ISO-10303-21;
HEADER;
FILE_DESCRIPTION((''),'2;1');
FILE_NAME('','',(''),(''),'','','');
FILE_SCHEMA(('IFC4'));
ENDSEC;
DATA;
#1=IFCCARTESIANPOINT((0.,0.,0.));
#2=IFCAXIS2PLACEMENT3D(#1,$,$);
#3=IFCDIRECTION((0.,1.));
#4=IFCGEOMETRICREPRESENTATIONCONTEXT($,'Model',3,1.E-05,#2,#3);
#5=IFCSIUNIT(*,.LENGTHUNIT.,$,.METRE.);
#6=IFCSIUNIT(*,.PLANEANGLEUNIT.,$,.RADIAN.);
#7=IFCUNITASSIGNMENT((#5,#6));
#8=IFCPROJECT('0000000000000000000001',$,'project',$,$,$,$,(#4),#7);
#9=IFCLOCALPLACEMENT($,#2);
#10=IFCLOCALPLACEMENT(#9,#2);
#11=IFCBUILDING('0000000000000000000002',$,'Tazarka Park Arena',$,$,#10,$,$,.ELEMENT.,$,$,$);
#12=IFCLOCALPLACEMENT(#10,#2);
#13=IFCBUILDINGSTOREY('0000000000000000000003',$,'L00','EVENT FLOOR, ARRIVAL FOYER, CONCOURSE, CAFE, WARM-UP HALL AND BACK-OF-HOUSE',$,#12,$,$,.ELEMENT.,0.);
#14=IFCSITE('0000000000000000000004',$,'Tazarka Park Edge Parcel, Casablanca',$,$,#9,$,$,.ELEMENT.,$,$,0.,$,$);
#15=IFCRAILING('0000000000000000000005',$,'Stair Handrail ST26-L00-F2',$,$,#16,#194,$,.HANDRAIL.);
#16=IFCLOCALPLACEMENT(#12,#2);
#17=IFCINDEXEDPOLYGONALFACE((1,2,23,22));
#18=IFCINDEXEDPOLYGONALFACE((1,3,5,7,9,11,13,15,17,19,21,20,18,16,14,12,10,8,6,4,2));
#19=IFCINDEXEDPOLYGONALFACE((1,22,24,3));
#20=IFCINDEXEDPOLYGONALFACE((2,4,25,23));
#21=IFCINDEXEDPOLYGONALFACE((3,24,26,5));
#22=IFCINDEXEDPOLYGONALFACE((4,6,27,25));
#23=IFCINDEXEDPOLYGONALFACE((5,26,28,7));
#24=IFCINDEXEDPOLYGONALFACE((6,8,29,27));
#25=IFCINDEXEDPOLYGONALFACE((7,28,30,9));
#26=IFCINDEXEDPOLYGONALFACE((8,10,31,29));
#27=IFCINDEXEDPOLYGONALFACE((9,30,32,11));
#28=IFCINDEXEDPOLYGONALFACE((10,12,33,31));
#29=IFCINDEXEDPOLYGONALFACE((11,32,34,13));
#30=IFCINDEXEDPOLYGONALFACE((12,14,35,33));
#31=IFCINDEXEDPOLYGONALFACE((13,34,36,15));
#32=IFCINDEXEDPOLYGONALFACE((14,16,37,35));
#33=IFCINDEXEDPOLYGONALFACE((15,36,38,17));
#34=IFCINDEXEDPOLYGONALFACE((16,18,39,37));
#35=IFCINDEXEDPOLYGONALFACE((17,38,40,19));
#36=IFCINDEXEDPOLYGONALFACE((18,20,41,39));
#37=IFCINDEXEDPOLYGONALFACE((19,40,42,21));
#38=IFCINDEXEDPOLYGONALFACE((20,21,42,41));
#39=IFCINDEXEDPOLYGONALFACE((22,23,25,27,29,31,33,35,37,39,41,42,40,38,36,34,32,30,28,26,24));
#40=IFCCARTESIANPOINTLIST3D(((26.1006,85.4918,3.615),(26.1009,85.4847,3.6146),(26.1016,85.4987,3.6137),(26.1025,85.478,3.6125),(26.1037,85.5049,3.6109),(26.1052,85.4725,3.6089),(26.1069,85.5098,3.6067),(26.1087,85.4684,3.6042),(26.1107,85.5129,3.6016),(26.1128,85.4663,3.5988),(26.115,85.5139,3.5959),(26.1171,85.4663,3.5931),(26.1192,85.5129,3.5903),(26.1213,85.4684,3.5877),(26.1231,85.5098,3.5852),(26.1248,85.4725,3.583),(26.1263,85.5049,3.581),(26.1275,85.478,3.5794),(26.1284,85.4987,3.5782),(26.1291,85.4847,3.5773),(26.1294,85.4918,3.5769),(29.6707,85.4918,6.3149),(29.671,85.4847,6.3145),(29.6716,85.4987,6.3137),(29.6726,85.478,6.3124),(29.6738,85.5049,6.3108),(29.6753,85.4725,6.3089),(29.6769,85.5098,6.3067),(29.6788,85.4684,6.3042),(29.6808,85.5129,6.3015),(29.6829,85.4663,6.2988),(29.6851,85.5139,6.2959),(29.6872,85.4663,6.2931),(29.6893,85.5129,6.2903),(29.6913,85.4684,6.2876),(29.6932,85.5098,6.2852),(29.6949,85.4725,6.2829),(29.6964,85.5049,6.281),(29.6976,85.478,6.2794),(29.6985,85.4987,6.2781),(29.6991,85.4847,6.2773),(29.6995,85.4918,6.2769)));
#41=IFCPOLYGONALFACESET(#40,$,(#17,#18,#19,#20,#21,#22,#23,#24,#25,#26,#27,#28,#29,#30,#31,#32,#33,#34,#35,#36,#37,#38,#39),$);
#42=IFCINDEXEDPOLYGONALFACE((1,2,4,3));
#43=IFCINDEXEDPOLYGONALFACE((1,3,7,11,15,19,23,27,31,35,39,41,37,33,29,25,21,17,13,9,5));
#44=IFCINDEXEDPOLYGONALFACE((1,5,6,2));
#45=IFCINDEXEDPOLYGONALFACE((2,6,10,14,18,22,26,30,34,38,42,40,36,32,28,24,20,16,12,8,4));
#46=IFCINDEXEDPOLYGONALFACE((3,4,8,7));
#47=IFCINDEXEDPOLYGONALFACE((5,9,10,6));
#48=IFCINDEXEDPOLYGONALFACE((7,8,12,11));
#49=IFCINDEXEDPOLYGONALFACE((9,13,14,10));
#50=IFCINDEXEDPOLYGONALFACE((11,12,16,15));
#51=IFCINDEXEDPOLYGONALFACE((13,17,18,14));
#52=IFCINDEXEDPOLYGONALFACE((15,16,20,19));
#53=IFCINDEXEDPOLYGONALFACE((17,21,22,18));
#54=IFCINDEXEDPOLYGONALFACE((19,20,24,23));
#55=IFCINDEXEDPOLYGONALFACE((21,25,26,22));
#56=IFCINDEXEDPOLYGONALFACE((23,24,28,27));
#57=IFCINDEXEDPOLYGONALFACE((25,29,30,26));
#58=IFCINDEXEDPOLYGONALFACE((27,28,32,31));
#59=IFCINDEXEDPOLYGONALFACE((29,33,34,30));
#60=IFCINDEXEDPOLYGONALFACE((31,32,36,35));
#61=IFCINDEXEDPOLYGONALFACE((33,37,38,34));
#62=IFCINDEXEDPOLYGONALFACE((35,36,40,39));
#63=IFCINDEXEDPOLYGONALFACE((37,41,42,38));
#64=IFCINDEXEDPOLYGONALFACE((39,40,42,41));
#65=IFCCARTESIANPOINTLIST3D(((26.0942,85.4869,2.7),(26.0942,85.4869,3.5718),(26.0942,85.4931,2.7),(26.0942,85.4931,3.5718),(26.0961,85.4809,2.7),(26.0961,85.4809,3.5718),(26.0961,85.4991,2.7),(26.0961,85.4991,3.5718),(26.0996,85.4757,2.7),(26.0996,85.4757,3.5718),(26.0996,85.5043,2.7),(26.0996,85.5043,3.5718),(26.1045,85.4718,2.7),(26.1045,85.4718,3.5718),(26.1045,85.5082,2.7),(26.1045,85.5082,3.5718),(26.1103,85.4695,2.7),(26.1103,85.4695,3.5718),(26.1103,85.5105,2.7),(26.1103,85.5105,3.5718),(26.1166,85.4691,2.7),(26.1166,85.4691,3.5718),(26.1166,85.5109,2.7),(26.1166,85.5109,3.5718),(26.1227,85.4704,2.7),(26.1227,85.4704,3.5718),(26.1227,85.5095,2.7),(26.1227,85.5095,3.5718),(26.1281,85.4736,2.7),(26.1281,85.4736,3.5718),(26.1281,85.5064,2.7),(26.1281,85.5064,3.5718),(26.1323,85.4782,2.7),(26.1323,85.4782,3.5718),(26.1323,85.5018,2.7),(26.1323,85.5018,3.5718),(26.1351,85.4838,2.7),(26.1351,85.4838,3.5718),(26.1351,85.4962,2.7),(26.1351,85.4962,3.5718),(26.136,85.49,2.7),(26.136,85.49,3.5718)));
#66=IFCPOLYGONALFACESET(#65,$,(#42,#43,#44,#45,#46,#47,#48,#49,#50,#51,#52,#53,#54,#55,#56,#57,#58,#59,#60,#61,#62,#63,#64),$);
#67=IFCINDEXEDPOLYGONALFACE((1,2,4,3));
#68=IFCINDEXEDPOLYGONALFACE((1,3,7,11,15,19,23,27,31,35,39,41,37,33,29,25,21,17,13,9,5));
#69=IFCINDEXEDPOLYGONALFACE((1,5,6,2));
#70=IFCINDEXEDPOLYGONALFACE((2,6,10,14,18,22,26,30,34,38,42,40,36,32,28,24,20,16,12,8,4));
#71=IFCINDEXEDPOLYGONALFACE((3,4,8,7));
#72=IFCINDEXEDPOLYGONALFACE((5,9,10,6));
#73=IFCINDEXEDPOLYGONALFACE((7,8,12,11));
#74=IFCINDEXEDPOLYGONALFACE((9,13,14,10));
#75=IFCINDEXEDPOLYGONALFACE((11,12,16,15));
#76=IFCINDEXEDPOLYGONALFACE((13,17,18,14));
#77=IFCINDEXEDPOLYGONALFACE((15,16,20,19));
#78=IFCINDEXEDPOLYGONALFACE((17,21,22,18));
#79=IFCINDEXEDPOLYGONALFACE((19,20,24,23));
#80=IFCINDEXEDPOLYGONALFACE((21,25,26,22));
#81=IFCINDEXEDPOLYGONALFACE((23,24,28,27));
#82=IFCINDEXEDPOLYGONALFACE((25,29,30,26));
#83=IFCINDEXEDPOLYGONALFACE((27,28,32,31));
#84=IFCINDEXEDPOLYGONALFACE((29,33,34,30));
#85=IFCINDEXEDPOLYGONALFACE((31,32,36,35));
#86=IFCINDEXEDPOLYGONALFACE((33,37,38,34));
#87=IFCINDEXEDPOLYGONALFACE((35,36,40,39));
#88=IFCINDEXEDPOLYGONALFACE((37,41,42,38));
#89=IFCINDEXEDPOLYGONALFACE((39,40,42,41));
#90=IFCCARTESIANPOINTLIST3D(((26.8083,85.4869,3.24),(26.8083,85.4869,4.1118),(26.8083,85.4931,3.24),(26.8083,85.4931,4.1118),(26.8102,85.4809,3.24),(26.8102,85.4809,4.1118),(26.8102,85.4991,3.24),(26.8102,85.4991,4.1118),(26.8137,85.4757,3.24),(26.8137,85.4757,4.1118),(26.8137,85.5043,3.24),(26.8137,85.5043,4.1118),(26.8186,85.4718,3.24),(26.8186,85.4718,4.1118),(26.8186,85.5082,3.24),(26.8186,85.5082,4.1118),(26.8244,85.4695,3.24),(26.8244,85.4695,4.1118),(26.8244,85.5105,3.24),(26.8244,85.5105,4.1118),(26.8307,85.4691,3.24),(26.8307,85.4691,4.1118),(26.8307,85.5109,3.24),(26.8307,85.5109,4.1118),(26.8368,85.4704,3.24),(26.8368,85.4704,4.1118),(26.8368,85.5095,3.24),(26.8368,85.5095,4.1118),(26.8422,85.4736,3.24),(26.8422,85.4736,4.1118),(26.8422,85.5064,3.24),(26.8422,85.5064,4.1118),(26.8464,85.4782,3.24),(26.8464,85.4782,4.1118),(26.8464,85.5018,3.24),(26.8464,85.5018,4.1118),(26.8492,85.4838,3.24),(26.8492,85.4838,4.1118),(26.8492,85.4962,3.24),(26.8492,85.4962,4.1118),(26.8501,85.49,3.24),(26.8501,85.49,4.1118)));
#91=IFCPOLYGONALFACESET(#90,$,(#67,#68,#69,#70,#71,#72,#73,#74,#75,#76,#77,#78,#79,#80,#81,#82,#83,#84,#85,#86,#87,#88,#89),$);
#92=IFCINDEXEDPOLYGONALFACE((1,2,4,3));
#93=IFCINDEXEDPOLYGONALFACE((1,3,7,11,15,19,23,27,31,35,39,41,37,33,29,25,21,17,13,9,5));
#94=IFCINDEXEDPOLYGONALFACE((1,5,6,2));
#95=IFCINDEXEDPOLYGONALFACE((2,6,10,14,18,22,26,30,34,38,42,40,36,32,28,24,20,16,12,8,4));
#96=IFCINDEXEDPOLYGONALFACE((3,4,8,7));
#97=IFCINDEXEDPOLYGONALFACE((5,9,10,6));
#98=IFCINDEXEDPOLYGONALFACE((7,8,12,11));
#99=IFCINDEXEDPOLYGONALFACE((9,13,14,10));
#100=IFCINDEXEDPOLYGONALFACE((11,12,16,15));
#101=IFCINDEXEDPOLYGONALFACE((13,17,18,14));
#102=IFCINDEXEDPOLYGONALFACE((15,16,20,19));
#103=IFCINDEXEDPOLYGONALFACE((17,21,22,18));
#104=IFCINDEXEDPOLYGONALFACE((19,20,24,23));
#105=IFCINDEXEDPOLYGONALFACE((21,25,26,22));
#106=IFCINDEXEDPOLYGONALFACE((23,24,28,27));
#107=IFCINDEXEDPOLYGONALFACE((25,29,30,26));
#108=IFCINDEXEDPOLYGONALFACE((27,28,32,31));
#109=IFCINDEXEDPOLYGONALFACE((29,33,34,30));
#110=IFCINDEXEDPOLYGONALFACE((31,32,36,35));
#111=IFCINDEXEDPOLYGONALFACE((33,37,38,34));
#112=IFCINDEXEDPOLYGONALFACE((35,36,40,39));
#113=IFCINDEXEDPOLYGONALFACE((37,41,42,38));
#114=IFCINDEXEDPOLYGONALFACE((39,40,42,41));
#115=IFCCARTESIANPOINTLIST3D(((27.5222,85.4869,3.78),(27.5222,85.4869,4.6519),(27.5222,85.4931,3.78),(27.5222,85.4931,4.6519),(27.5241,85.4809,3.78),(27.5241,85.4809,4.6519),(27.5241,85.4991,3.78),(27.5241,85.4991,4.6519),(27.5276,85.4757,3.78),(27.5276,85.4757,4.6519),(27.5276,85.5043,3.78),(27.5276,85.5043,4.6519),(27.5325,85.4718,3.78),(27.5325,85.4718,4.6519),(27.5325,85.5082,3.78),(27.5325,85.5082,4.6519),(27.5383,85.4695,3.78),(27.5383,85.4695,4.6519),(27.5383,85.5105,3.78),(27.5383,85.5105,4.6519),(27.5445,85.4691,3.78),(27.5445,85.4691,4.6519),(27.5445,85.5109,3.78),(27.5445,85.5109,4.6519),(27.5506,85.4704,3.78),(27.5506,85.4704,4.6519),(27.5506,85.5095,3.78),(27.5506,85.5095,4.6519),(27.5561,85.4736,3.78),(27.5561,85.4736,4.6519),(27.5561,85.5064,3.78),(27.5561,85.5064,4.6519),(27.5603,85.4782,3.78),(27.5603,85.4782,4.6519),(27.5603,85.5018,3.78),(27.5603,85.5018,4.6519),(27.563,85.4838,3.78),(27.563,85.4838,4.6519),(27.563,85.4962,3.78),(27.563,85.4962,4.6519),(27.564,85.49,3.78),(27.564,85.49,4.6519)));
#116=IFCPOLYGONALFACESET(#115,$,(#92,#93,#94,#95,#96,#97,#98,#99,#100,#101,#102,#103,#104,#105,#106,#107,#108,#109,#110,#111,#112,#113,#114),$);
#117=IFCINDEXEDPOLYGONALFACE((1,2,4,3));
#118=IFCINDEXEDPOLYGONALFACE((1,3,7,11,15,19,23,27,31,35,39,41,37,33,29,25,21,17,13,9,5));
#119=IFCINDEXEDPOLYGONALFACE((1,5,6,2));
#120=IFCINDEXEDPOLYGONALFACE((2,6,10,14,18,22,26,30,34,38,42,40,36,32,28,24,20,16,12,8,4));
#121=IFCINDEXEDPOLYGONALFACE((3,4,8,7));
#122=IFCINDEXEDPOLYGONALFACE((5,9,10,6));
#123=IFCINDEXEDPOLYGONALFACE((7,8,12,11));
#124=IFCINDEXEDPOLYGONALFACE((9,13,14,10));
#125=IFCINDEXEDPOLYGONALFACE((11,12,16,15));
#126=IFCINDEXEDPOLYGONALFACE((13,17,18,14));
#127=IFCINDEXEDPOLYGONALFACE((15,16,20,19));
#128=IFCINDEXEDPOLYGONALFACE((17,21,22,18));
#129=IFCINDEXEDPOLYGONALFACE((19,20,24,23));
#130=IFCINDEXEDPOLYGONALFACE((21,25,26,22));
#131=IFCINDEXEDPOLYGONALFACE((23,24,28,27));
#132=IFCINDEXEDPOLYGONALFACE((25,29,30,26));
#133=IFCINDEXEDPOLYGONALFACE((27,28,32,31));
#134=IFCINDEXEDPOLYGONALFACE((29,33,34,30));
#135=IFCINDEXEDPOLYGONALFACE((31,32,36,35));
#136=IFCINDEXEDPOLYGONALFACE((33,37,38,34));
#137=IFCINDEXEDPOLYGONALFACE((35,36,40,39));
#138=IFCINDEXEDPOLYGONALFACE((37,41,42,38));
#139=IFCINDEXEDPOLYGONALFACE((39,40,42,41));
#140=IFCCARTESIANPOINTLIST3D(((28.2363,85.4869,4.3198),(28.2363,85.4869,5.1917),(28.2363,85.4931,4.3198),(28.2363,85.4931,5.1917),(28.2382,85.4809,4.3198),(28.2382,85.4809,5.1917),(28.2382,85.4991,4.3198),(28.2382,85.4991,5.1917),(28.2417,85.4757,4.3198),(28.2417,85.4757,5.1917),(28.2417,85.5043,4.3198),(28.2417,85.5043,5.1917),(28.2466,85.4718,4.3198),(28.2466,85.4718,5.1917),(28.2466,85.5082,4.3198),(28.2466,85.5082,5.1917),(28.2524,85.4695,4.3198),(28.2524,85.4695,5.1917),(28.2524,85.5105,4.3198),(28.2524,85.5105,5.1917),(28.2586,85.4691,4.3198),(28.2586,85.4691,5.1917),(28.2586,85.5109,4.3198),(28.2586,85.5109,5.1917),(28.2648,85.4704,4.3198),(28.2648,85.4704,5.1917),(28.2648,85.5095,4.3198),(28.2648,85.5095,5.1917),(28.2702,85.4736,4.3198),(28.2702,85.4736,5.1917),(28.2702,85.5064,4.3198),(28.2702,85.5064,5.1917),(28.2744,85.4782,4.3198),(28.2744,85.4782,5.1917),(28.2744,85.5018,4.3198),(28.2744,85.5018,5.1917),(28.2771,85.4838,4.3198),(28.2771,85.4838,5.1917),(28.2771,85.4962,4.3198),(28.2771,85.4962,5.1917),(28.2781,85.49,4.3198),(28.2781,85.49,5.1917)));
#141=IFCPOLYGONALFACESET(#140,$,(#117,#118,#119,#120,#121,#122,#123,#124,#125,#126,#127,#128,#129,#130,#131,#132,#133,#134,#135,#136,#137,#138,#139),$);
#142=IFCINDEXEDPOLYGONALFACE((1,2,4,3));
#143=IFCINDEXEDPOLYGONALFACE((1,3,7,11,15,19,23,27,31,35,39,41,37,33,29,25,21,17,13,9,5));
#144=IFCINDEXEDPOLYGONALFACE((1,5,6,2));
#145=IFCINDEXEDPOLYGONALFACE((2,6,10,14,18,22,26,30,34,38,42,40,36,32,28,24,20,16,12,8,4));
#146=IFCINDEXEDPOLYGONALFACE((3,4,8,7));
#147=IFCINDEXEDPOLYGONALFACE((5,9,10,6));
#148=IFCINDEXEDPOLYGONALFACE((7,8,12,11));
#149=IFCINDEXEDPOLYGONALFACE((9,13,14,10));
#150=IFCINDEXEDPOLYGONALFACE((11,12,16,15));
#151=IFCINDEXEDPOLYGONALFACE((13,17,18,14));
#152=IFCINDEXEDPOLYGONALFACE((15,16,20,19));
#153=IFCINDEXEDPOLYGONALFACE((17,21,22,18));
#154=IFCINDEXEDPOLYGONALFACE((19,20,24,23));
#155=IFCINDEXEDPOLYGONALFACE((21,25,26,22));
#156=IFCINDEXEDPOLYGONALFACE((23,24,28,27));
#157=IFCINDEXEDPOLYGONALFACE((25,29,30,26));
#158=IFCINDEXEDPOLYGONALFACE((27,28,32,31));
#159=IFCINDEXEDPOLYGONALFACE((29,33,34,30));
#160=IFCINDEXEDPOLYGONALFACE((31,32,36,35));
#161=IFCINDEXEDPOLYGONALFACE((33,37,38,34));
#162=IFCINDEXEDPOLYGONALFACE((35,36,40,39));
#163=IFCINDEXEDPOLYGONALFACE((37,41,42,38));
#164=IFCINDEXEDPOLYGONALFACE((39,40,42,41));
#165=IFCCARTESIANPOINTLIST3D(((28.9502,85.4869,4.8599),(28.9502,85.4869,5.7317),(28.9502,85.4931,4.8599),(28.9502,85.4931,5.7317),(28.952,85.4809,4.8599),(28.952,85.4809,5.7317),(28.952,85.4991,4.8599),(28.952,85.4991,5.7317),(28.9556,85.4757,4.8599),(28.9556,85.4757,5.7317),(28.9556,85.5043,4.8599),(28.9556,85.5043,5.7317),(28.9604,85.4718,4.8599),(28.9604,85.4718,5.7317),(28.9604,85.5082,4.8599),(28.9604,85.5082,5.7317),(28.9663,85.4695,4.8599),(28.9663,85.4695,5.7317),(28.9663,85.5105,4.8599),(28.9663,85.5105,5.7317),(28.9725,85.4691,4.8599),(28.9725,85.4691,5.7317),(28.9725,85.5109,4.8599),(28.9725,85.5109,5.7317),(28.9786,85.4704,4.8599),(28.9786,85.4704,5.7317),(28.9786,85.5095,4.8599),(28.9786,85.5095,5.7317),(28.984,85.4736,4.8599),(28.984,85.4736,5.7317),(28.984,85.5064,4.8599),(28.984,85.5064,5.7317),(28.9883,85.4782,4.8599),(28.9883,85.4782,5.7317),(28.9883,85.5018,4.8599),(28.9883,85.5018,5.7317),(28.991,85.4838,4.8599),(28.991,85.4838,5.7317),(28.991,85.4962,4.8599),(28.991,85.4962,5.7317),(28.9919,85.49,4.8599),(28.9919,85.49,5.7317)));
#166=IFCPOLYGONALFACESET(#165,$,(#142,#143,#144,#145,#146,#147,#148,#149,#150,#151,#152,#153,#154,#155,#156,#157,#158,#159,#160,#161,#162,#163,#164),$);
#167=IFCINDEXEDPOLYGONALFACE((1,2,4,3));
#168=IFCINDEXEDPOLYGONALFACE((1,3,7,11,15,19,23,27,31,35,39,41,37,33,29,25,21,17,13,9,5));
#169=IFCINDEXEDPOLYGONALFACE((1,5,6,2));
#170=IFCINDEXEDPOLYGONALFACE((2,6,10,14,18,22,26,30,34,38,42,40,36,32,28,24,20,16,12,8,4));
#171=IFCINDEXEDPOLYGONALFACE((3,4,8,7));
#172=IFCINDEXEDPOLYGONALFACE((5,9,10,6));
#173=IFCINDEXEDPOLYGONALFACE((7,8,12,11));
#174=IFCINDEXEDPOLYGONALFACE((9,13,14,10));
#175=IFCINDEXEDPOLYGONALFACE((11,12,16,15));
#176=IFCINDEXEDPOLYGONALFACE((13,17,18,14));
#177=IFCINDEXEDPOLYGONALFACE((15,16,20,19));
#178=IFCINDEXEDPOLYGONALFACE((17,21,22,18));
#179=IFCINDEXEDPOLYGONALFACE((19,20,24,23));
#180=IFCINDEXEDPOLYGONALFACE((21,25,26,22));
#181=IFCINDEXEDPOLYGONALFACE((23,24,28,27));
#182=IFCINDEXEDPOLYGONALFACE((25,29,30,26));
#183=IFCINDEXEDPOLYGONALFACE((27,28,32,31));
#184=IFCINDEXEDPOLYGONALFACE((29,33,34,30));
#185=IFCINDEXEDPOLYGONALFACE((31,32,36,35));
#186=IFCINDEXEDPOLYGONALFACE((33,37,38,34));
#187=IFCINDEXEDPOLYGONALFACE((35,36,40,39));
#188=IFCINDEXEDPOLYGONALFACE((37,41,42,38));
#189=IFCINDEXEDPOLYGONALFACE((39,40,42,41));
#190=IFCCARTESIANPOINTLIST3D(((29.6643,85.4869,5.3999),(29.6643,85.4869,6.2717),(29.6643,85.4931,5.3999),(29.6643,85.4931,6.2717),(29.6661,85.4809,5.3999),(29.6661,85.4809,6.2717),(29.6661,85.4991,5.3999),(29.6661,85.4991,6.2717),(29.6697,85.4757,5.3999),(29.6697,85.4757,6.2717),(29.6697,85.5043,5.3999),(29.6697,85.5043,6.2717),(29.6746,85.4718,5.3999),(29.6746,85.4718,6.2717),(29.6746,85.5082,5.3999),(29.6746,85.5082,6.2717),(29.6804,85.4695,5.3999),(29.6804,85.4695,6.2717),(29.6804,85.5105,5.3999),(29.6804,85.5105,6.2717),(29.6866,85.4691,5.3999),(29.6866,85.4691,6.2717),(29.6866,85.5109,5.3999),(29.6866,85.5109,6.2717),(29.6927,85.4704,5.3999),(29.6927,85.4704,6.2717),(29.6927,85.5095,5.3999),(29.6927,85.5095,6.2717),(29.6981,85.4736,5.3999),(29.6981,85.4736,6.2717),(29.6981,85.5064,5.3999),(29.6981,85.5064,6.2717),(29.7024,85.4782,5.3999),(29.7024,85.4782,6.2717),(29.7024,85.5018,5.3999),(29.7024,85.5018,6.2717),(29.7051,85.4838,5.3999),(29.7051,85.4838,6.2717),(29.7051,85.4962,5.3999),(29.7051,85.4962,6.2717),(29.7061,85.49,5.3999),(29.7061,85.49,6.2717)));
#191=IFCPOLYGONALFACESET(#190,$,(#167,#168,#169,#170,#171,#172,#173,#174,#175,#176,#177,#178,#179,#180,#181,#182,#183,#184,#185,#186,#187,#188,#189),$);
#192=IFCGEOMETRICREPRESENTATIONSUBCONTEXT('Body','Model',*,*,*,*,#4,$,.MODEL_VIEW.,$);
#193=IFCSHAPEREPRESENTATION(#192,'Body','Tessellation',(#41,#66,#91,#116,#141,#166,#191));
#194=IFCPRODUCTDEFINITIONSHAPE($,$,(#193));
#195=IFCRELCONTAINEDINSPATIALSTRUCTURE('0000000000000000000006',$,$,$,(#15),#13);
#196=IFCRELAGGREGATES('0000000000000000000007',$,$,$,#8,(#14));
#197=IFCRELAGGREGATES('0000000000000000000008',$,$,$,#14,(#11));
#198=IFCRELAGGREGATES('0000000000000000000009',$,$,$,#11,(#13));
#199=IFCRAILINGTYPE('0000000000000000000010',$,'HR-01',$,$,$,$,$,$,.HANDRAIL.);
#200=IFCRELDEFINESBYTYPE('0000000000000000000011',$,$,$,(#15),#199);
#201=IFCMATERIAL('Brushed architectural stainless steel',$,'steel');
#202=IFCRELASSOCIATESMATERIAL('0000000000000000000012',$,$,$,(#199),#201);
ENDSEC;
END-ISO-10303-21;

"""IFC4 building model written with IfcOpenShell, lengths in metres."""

from ifc_helpers import new_model, si_unit, direction, frame, origin, origin_2d, place, context, subcontext, project, spatial, circle, extrude, material, type_object, element, save


model = new_model("IFC4")

# Units and contexts
model_context = context("Model", 3, precision=1e-05, world=origin(), true_north=direction((0.0, 1.0)))
body_context = subcontext(model_context, "Body", "Model", "MODEL_VIEW")
ifc_project = project(units=[si_unit("LENGTHUNIT", "METRE"), si_unit("PLANEANGLEUNIT", "RADIAN")], contexts=[model_context])

# Site, building, storey
site_placement = place(None, origin())
site = spatial("IfcSite", under=ifc_project, at=site_placement, Name="Tazarka Park Edge Parcel, Casablanca", CompositionType="ELEMENT", RefElevation=0.0)
building_placement = place(site_placement, origin())
building = spatial("IfcBuilding", under=site, at=building_placement, Name="Tazarka Park Arena", CompositionType="ELEMENT")
storey_placement = place(building_placement, origin())
storey = spatial("IfcBuildingStorey", under=building, at=storey_placement, Name="L00", Description="EVENT FLOOR, ARRIVAL FOYER, CONCOURSE, CAFE, WARM-UP HALL AND BACK-OF-HOUSE", CompositionType="ELEMENT", Elevation=0.0)

# Railing
ifc_material_1 = material(Name="Brushed architectural stainless steel", Category="steel")
railing_type = type_object("IfcRailingType", Name="HR-01", PredefinedType="HANDRAIL", material=ifc_material_1)
railing_1_placement = place(storey_placement, frame((26.115, 85.49, 2.7)))
element("IfcRailing", 1, at=railing_1_placement, inside=storey, type_object=railing_type, Name="Stair Handrail ST26-L00-F2", PredefinedType="HANDRAIL", context=body_context, shape_type="SweptSolid", body=[
    extrude(circle(Radius=0.0239, at=origin_2d()), frame((0.0, 0.0, 0.896), z_axis=(0.797591, 0.0, 0.603198), x_axis=(0.0, 1.0, 0.0)), (0.0, 0.0, 1.0), 4.4761),
    extrude(circle(Radius=0.021, at=origin_2d()), origin(), (0.0, 0.0, 1.0), 0.8718),
    extrude(circle(Radius=0.021, at=origin_2d()), frame((0.7141, 0.0, 0.54)), (0.0, 0.0, 1.0), 0.8718),
    extrude(circle(Radius=0.021, at=origin_2d()), frame((1.428, 0.0, 1.0801)), (0.0, 0.0, 1.0), 0.8718),
    extrude(circle(Radius=0.021, at=origin_2d()), frame((2.1421, 0.0, 1.6199)), (0.0, 0.0, 1.0), 0.8718),
    extrude(circle(Radius=0.021, at=origin_2d()), frame((2.856, 0.0, 2.1599)), (0.0, 0.0, 1.0), 0.8718),
    extrude(circle(Radius=0.021, at=origin_2d()), frame((3.5701, 0.0, 2.7)), (0.0, 0.0, 1.0), 0.8718),
])

save(model, "model.ifc")
